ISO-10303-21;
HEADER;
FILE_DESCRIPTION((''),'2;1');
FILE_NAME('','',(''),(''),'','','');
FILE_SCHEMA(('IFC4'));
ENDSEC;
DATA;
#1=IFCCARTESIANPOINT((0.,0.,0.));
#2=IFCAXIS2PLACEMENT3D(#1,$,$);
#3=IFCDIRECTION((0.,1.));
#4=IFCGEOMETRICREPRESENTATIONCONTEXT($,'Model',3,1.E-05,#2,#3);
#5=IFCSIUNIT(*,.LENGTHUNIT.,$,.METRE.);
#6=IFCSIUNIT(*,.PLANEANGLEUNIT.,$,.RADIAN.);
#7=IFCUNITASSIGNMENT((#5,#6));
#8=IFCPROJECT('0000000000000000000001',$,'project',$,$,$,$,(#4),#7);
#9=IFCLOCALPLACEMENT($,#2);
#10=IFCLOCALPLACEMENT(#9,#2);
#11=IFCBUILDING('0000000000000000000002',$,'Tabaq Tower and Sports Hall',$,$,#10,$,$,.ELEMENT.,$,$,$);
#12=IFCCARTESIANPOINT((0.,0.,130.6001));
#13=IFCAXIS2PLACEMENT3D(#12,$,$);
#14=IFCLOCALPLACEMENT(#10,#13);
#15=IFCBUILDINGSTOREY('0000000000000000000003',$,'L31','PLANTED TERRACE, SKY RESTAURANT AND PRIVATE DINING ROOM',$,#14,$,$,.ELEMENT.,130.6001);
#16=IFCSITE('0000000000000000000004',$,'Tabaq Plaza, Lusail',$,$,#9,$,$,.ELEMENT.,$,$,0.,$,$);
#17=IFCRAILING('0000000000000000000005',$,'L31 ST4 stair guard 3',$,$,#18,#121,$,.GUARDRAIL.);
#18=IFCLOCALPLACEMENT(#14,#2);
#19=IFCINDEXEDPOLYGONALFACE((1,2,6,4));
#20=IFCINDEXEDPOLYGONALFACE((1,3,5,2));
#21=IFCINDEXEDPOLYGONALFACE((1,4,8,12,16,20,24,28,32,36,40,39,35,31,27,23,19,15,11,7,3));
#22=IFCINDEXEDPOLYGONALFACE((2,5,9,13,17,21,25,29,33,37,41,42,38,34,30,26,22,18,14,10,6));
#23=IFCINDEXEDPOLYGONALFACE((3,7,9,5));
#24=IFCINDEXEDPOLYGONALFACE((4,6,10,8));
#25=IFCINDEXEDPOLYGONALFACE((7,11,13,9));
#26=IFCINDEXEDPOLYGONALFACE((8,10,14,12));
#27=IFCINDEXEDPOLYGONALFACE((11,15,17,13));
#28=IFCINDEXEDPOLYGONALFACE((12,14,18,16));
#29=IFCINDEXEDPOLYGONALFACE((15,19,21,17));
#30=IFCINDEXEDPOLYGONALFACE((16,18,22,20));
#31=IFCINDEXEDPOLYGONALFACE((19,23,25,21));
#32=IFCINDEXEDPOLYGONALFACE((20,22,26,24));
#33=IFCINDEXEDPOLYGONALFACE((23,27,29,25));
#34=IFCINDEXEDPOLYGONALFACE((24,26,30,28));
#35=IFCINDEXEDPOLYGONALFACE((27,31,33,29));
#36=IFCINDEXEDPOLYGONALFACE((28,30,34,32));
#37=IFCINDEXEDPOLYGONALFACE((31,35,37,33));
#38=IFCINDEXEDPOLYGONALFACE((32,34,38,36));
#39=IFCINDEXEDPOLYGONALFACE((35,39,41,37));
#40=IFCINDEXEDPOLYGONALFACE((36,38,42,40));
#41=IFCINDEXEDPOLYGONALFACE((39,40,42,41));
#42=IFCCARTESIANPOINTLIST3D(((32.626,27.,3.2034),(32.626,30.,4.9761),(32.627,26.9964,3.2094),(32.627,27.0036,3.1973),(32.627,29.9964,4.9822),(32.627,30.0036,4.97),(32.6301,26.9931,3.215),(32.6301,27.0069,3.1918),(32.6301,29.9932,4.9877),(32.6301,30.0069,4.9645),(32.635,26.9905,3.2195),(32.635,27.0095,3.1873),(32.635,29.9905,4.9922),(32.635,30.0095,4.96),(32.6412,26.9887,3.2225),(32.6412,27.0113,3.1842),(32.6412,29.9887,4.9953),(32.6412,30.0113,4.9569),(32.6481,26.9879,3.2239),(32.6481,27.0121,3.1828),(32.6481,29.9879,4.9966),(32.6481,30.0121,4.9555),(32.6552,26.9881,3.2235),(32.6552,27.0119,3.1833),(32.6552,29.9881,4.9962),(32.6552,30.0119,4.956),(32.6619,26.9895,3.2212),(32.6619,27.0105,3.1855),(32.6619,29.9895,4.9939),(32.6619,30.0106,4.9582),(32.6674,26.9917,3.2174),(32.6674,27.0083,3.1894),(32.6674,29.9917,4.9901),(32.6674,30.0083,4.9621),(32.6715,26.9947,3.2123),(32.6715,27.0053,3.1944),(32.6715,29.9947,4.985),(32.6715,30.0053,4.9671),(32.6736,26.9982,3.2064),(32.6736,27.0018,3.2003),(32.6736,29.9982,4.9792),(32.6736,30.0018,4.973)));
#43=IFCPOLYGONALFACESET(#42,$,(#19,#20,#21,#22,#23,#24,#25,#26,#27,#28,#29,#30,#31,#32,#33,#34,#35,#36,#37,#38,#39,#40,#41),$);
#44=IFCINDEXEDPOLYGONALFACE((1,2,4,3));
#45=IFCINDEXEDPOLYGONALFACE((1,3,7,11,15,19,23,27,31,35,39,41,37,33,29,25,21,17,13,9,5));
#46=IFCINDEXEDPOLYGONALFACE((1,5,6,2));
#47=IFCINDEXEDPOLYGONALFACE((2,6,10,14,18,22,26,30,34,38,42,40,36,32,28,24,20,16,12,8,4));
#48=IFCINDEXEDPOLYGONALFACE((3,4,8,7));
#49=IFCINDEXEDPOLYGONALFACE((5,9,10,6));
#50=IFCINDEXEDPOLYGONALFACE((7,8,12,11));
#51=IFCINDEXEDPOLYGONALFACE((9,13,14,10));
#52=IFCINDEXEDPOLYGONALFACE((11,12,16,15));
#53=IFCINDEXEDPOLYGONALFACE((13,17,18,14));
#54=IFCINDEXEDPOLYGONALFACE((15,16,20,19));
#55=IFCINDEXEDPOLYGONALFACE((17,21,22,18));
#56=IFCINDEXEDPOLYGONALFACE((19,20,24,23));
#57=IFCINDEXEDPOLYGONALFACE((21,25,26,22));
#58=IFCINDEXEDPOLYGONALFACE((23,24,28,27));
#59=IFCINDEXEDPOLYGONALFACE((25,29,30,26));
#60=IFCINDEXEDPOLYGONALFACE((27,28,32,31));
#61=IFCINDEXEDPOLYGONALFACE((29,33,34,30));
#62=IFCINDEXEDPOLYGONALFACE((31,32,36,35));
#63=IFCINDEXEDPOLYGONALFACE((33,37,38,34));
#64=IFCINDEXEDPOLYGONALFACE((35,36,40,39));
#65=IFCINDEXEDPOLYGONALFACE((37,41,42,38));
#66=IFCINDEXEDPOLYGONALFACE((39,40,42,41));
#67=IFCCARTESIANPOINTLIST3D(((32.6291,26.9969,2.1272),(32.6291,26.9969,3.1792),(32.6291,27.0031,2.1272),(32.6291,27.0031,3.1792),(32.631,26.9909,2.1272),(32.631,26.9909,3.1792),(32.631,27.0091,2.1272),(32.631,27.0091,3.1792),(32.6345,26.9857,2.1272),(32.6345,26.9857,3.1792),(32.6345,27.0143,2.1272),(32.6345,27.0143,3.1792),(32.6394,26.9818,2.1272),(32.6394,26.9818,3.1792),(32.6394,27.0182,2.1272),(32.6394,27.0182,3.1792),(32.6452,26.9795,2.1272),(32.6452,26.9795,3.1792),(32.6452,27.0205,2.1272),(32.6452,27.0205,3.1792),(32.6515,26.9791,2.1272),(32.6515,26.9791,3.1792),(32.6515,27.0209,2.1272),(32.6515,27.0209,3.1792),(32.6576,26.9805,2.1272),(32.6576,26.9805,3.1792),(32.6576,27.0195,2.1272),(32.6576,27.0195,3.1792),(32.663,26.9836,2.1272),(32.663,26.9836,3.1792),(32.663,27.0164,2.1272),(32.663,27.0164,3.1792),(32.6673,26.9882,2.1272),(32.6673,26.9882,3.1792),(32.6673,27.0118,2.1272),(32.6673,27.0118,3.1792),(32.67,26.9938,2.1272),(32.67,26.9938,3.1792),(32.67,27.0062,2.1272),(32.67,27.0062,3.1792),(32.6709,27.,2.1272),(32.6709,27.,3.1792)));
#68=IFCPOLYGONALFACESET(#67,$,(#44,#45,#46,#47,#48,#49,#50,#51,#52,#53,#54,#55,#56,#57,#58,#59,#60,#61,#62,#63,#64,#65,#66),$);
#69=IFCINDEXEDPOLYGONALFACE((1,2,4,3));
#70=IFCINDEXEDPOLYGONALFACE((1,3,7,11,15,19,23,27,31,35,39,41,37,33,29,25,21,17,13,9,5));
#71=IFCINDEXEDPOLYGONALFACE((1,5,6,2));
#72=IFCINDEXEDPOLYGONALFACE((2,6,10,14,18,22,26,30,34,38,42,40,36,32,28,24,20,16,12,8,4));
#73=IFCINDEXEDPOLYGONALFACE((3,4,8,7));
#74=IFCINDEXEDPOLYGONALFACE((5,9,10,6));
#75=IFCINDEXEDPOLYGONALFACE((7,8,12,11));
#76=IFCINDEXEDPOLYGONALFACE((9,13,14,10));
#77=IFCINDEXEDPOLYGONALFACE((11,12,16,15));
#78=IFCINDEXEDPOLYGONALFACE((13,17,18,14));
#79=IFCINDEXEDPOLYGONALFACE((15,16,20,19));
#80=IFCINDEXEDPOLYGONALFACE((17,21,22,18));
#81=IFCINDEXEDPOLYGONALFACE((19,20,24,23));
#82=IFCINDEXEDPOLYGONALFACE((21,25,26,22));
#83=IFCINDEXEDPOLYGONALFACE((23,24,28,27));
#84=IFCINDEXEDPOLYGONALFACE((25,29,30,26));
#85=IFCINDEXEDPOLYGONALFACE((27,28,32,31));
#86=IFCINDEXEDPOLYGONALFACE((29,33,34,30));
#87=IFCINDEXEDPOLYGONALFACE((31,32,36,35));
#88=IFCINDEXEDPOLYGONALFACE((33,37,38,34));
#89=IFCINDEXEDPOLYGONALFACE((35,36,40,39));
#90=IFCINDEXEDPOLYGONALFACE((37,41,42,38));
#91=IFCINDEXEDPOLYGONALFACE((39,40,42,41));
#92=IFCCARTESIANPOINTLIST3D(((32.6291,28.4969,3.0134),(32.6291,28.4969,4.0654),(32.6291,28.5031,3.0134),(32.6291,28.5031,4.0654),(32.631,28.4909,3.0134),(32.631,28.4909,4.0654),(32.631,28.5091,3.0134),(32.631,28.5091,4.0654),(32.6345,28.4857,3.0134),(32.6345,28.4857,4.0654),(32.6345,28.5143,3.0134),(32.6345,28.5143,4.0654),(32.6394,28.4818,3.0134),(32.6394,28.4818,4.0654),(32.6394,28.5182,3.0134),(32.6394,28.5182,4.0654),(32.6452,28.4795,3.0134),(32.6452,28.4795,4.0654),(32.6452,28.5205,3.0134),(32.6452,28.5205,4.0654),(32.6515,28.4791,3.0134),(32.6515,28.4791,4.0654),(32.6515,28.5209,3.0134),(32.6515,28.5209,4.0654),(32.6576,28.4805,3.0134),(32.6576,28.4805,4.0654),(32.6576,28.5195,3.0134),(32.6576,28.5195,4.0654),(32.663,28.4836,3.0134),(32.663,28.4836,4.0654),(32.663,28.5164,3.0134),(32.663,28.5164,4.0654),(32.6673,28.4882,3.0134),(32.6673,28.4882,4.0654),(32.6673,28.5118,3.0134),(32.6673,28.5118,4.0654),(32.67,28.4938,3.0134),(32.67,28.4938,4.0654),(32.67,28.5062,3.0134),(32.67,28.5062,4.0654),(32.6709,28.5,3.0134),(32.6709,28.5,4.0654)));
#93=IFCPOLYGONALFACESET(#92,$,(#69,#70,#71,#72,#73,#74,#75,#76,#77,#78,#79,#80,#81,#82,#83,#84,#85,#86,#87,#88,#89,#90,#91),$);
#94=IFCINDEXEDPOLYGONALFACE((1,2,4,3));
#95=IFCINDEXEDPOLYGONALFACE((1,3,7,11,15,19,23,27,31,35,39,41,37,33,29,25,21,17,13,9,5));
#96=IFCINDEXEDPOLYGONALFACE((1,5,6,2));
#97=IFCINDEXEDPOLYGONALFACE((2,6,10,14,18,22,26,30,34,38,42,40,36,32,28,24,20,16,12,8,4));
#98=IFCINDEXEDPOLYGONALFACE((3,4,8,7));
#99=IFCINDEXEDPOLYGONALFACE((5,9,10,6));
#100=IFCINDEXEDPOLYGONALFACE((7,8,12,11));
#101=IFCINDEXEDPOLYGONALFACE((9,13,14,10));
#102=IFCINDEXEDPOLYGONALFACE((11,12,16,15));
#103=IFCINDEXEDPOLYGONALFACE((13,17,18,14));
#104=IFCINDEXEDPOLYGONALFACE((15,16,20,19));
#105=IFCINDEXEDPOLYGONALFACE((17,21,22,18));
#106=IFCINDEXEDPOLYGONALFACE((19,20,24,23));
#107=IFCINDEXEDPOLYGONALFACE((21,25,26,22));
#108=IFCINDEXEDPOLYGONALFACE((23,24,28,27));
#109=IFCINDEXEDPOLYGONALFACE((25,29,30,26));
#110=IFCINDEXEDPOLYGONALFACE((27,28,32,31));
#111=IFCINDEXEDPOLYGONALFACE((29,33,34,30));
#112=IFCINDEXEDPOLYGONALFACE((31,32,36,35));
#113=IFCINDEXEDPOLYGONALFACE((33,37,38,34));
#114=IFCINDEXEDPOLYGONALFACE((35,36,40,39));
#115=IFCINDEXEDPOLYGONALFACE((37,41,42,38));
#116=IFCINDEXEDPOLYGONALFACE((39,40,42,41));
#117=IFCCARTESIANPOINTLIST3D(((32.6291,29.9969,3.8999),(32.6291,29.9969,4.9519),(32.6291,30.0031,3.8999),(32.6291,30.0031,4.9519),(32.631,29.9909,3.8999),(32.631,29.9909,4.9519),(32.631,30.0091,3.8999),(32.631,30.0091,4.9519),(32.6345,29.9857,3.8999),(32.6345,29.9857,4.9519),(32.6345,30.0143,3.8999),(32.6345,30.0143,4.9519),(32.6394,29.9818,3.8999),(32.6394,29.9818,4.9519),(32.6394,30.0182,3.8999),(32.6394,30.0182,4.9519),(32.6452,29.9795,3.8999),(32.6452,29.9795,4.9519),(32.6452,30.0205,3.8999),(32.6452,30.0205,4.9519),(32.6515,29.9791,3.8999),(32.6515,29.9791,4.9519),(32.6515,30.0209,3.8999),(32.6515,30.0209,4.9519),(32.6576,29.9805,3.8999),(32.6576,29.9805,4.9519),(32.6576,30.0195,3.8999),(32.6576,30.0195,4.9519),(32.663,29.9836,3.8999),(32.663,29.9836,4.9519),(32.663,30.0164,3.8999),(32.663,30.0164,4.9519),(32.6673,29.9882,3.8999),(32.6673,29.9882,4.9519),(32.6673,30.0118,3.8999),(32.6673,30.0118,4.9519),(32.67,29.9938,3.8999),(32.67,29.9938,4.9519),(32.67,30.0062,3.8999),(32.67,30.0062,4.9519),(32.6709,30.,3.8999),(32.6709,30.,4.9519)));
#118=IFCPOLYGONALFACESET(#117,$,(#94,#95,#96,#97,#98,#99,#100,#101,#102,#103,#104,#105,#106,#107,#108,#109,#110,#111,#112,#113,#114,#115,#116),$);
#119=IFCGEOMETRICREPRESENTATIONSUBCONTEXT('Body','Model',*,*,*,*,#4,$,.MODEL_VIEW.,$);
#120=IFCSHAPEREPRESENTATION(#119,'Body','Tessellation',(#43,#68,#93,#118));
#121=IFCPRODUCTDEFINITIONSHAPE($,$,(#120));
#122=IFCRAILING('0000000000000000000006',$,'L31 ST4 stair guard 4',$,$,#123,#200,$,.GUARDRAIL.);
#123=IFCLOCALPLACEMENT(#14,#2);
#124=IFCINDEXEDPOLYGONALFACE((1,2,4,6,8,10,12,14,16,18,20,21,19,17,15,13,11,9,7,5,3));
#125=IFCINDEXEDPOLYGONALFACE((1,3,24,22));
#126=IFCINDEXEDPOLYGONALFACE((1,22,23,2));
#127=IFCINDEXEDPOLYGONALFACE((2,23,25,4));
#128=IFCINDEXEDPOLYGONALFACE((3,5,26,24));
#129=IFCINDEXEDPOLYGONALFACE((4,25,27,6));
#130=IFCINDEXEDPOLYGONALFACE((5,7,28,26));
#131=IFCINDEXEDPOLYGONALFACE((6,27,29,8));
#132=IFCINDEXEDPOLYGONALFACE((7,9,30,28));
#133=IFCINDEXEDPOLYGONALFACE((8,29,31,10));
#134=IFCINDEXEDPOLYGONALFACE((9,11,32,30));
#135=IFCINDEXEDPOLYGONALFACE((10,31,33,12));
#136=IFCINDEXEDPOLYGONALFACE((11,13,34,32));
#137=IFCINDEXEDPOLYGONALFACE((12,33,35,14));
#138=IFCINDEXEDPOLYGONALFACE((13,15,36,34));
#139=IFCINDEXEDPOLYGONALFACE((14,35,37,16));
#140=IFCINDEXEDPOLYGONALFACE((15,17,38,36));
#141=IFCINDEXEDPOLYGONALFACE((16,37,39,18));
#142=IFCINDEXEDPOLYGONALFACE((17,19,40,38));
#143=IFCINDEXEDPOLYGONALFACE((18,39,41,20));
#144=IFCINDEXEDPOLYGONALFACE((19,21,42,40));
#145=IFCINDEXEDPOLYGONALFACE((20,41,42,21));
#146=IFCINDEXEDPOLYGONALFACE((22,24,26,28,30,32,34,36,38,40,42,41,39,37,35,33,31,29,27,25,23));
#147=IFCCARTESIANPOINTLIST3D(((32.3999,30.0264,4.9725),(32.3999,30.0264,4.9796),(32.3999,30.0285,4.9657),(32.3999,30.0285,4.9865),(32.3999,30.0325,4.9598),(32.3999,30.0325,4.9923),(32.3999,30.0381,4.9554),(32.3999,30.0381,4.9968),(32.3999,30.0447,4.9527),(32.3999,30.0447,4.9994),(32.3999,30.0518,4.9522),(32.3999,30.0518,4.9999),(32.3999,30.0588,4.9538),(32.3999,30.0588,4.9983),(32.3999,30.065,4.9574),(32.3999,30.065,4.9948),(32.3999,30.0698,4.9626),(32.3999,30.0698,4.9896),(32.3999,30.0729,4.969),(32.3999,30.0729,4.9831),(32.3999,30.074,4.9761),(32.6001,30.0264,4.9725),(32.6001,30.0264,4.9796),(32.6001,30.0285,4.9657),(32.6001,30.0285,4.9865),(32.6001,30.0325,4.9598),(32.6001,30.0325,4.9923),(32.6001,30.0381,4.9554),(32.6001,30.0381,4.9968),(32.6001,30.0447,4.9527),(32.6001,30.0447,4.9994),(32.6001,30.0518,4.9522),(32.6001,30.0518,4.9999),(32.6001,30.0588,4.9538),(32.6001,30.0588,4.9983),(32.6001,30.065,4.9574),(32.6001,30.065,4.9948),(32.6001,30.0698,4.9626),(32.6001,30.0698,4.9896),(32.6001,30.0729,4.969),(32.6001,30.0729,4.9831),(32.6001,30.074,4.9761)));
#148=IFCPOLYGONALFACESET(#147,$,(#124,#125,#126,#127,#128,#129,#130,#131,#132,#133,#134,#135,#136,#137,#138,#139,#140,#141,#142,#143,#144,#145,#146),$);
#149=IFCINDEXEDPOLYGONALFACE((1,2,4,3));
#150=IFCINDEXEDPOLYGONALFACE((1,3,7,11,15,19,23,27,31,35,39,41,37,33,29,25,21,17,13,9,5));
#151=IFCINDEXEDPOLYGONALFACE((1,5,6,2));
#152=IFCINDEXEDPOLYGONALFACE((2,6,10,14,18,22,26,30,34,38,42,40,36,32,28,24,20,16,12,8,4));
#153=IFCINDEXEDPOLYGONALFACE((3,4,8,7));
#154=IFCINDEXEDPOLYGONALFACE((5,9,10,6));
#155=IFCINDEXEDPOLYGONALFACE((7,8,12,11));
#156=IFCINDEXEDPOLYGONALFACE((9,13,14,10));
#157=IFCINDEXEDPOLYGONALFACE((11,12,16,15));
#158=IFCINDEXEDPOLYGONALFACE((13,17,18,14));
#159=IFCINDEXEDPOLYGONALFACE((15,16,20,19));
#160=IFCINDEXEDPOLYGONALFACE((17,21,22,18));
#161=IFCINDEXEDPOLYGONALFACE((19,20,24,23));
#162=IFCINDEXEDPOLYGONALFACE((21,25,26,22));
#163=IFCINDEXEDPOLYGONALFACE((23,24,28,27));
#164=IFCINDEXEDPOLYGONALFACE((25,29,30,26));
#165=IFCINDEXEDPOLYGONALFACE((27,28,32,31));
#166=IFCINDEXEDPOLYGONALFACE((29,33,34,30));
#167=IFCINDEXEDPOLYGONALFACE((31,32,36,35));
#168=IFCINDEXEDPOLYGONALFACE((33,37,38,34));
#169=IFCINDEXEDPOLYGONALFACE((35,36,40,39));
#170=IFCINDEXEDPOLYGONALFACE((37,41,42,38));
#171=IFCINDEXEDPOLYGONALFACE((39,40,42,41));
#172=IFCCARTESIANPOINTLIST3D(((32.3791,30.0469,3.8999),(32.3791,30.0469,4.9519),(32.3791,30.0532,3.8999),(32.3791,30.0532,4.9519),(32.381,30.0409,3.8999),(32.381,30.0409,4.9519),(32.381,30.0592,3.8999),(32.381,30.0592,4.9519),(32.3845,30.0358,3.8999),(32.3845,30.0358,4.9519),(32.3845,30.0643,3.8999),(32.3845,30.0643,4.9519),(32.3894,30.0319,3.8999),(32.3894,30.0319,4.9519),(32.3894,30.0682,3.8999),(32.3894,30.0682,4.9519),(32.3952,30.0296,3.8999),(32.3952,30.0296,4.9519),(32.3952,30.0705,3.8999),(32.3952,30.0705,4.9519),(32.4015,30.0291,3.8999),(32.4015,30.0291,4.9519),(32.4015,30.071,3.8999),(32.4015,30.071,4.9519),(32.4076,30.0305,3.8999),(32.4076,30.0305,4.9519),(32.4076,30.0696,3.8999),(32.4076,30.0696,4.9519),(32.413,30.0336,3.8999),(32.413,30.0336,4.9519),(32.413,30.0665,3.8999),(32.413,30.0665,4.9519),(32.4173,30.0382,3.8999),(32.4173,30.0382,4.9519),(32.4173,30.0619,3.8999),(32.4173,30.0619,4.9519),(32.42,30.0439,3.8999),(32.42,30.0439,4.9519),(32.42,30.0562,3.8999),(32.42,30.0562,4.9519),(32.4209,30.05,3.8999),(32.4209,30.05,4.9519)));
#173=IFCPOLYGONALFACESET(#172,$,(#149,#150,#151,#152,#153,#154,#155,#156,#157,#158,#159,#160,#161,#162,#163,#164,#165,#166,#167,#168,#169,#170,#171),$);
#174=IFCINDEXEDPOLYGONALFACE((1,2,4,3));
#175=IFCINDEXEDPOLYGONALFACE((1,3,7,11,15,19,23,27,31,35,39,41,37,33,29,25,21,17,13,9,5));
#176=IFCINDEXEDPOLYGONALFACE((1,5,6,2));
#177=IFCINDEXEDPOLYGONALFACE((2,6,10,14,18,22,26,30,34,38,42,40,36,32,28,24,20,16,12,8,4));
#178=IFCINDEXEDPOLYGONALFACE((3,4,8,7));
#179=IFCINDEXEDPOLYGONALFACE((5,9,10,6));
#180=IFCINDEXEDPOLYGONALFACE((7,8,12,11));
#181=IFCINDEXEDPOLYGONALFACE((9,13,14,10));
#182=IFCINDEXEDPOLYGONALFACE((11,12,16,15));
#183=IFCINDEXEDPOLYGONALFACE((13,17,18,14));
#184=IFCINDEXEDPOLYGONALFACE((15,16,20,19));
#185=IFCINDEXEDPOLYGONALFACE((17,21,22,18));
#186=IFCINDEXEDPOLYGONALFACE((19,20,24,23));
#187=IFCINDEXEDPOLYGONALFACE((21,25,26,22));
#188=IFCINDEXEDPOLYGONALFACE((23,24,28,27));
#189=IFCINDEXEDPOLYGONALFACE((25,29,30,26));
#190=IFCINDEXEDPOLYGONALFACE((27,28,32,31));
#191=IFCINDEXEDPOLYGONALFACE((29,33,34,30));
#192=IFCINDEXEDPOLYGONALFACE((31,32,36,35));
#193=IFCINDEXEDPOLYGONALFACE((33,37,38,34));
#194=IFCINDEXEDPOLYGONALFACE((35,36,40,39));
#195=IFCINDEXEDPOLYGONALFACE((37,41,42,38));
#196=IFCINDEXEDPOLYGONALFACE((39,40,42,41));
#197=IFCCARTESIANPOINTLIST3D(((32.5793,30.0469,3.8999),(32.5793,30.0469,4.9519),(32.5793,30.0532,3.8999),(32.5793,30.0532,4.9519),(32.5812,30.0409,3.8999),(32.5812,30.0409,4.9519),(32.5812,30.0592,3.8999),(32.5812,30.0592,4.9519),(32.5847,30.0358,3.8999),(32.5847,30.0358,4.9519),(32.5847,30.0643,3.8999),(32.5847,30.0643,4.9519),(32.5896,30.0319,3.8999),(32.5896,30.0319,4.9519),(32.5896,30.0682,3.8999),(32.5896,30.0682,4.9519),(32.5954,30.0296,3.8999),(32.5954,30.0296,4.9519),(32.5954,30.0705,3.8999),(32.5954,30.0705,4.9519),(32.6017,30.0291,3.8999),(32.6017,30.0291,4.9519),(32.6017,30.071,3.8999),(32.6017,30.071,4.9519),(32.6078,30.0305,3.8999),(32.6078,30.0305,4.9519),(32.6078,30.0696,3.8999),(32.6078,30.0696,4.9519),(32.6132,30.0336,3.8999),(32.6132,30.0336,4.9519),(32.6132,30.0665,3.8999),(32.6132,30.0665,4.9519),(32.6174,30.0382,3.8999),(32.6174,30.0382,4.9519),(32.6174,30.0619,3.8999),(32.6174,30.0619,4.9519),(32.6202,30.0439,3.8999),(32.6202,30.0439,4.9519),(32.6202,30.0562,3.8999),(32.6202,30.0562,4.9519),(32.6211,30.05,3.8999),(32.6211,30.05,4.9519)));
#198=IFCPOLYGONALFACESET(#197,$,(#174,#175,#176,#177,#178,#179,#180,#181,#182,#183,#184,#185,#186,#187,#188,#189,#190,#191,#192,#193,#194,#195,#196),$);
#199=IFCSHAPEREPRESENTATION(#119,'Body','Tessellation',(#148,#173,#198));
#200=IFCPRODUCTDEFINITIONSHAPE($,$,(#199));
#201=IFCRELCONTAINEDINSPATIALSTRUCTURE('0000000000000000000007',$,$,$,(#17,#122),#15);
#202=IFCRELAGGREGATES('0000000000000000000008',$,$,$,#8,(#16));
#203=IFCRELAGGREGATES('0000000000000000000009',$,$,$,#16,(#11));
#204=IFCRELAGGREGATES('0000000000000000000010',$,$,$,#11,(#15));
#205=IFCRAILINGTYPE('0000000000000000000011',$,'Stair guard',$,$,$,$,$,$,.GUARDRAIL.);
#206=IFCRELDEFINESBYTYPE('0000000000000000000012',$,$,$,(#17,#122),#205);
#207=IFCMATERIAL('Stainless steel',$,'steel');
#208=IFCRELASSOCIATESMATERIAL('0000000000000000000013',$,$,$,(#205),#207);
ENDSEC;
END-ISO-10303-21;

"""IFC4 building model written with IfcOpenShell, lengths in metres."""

from ifc_helpers import new_model, si_unit, direction, frame, origin, origin_2d, place, context, subcontext, project, spatial, circle, extrude, material, type_object, element, save


model = new_model("IFC4")

# Units and contexts
model_context = context("Model", 3, precision=1e-05, world=origin(), true_north=direction((0.0, 1.0)))
body_context = subcontext(model_context, "Body", "Model", "MODEL_VIEW")
ifc_project = project(units=[si_unit("LENGTHUNIT", "METRE"), si_unit("PLANEANGLEUNIT", "RADIAN")], contexts=[model_context])

# Site, building, storey
site_placement = place(None, origin())
site = spatial("IfcSite", under=ifc_project, at=site_placement, Name="Tabaq Plaza, Lusail", CompositionType="ELEMENT", RefElevation=0.0)
building_placement = place(site_placement, origin())
building = spatial("IfcBuilding", under=site, at=building_placement, Name="Tabaq Tower and Sports Hall", CompositionType="ELEMENT")
storey_placement = place(building_placement, frame((0.0, 0.0, 130.6001)))
storey = spatial("IfcBuildingStorey", under=building, at=storey_placement, Name="L31", Description="PLANTED TERRACE, SKY RESTAURANT AND PRIVATE DINING ROOM", CompositionType="ELEMENT", Elevation=130.6001)

# Railings
ifc_material_1 = material(Name="Stainless steel", Category="steel")
railing_type_1 = type_object("IfcRailingType", Name="Stair guard", PredefinedType="GUARDRAIL", material=ifc_material_1)
railing_1_placement = place(storey_placement, frame((32.6499, 27.0, 2.1272)))
element("IfcRailing", 1, at=railing_1_placement, inside=storey, type_object=railing_type_1, Name="L31 ST4 stair guard 3", PredefinedType="GUARDRAIL", context=body_context, shape_type="SweptSolid", body=[
    extrude(circle(Radius=0.0239, at=origin_2d()), frame((0.0, 0.0, 1.0762), z_axis=(0.0, 0.860929, 0.508725), x_axis=(-1.0, 0.0, 0.0)), (0.0, 0.0, 1.0), 3.4846),
    extrude(circle(Radius=0.021, at=origin_2d()), origin(), (0.0, 0.0, 1.0), 1.052),
    extrude(circle(Radius=0.021, at=origin_2d()), frame((0.0, 1.5, 0.8862)), (0.0, 0.0, 1.0), 1.052),
    extrude(circle(Radius=0.021, at=origin_2d()), frame((0.0, 3.0, 1.7727)), (0.0, 0.0, 1.0), 1.052),
])
railing_2_placement = place(storey_placement, frame((32.3999, 30.05, 3.8999)))
element("IfcRailing", 2, at=railing_2_placement, inside=storey, type_object=railing_type_1, Name="L31 ST4 stair guard 4", PredefinedType="GUARDRAIL", context=body_context, shape_type="SweptSolid", body=[
    extrude(circle(Radius=0.0239, at=origin_2d()), frame((0.0, 0.0, 1.0762), z_axis=(1.0, 0.0, 0.0), x_axis=(0.0, 1.0, 0.0)), (0.0, 0.0, 1.0), 0.2002),
    extrude(circle(Radius=0.021, at=origin_2d()), origin(), (0.0, 0.0, 1.0), 1.052),
    extrude(circle(Radius=0.021, at=origin_2d()), frame((0.2002, 0.0, 0.0)), (0.0, 0.0, 1.0), 1.052),
])

save(model, "model.ifc")
